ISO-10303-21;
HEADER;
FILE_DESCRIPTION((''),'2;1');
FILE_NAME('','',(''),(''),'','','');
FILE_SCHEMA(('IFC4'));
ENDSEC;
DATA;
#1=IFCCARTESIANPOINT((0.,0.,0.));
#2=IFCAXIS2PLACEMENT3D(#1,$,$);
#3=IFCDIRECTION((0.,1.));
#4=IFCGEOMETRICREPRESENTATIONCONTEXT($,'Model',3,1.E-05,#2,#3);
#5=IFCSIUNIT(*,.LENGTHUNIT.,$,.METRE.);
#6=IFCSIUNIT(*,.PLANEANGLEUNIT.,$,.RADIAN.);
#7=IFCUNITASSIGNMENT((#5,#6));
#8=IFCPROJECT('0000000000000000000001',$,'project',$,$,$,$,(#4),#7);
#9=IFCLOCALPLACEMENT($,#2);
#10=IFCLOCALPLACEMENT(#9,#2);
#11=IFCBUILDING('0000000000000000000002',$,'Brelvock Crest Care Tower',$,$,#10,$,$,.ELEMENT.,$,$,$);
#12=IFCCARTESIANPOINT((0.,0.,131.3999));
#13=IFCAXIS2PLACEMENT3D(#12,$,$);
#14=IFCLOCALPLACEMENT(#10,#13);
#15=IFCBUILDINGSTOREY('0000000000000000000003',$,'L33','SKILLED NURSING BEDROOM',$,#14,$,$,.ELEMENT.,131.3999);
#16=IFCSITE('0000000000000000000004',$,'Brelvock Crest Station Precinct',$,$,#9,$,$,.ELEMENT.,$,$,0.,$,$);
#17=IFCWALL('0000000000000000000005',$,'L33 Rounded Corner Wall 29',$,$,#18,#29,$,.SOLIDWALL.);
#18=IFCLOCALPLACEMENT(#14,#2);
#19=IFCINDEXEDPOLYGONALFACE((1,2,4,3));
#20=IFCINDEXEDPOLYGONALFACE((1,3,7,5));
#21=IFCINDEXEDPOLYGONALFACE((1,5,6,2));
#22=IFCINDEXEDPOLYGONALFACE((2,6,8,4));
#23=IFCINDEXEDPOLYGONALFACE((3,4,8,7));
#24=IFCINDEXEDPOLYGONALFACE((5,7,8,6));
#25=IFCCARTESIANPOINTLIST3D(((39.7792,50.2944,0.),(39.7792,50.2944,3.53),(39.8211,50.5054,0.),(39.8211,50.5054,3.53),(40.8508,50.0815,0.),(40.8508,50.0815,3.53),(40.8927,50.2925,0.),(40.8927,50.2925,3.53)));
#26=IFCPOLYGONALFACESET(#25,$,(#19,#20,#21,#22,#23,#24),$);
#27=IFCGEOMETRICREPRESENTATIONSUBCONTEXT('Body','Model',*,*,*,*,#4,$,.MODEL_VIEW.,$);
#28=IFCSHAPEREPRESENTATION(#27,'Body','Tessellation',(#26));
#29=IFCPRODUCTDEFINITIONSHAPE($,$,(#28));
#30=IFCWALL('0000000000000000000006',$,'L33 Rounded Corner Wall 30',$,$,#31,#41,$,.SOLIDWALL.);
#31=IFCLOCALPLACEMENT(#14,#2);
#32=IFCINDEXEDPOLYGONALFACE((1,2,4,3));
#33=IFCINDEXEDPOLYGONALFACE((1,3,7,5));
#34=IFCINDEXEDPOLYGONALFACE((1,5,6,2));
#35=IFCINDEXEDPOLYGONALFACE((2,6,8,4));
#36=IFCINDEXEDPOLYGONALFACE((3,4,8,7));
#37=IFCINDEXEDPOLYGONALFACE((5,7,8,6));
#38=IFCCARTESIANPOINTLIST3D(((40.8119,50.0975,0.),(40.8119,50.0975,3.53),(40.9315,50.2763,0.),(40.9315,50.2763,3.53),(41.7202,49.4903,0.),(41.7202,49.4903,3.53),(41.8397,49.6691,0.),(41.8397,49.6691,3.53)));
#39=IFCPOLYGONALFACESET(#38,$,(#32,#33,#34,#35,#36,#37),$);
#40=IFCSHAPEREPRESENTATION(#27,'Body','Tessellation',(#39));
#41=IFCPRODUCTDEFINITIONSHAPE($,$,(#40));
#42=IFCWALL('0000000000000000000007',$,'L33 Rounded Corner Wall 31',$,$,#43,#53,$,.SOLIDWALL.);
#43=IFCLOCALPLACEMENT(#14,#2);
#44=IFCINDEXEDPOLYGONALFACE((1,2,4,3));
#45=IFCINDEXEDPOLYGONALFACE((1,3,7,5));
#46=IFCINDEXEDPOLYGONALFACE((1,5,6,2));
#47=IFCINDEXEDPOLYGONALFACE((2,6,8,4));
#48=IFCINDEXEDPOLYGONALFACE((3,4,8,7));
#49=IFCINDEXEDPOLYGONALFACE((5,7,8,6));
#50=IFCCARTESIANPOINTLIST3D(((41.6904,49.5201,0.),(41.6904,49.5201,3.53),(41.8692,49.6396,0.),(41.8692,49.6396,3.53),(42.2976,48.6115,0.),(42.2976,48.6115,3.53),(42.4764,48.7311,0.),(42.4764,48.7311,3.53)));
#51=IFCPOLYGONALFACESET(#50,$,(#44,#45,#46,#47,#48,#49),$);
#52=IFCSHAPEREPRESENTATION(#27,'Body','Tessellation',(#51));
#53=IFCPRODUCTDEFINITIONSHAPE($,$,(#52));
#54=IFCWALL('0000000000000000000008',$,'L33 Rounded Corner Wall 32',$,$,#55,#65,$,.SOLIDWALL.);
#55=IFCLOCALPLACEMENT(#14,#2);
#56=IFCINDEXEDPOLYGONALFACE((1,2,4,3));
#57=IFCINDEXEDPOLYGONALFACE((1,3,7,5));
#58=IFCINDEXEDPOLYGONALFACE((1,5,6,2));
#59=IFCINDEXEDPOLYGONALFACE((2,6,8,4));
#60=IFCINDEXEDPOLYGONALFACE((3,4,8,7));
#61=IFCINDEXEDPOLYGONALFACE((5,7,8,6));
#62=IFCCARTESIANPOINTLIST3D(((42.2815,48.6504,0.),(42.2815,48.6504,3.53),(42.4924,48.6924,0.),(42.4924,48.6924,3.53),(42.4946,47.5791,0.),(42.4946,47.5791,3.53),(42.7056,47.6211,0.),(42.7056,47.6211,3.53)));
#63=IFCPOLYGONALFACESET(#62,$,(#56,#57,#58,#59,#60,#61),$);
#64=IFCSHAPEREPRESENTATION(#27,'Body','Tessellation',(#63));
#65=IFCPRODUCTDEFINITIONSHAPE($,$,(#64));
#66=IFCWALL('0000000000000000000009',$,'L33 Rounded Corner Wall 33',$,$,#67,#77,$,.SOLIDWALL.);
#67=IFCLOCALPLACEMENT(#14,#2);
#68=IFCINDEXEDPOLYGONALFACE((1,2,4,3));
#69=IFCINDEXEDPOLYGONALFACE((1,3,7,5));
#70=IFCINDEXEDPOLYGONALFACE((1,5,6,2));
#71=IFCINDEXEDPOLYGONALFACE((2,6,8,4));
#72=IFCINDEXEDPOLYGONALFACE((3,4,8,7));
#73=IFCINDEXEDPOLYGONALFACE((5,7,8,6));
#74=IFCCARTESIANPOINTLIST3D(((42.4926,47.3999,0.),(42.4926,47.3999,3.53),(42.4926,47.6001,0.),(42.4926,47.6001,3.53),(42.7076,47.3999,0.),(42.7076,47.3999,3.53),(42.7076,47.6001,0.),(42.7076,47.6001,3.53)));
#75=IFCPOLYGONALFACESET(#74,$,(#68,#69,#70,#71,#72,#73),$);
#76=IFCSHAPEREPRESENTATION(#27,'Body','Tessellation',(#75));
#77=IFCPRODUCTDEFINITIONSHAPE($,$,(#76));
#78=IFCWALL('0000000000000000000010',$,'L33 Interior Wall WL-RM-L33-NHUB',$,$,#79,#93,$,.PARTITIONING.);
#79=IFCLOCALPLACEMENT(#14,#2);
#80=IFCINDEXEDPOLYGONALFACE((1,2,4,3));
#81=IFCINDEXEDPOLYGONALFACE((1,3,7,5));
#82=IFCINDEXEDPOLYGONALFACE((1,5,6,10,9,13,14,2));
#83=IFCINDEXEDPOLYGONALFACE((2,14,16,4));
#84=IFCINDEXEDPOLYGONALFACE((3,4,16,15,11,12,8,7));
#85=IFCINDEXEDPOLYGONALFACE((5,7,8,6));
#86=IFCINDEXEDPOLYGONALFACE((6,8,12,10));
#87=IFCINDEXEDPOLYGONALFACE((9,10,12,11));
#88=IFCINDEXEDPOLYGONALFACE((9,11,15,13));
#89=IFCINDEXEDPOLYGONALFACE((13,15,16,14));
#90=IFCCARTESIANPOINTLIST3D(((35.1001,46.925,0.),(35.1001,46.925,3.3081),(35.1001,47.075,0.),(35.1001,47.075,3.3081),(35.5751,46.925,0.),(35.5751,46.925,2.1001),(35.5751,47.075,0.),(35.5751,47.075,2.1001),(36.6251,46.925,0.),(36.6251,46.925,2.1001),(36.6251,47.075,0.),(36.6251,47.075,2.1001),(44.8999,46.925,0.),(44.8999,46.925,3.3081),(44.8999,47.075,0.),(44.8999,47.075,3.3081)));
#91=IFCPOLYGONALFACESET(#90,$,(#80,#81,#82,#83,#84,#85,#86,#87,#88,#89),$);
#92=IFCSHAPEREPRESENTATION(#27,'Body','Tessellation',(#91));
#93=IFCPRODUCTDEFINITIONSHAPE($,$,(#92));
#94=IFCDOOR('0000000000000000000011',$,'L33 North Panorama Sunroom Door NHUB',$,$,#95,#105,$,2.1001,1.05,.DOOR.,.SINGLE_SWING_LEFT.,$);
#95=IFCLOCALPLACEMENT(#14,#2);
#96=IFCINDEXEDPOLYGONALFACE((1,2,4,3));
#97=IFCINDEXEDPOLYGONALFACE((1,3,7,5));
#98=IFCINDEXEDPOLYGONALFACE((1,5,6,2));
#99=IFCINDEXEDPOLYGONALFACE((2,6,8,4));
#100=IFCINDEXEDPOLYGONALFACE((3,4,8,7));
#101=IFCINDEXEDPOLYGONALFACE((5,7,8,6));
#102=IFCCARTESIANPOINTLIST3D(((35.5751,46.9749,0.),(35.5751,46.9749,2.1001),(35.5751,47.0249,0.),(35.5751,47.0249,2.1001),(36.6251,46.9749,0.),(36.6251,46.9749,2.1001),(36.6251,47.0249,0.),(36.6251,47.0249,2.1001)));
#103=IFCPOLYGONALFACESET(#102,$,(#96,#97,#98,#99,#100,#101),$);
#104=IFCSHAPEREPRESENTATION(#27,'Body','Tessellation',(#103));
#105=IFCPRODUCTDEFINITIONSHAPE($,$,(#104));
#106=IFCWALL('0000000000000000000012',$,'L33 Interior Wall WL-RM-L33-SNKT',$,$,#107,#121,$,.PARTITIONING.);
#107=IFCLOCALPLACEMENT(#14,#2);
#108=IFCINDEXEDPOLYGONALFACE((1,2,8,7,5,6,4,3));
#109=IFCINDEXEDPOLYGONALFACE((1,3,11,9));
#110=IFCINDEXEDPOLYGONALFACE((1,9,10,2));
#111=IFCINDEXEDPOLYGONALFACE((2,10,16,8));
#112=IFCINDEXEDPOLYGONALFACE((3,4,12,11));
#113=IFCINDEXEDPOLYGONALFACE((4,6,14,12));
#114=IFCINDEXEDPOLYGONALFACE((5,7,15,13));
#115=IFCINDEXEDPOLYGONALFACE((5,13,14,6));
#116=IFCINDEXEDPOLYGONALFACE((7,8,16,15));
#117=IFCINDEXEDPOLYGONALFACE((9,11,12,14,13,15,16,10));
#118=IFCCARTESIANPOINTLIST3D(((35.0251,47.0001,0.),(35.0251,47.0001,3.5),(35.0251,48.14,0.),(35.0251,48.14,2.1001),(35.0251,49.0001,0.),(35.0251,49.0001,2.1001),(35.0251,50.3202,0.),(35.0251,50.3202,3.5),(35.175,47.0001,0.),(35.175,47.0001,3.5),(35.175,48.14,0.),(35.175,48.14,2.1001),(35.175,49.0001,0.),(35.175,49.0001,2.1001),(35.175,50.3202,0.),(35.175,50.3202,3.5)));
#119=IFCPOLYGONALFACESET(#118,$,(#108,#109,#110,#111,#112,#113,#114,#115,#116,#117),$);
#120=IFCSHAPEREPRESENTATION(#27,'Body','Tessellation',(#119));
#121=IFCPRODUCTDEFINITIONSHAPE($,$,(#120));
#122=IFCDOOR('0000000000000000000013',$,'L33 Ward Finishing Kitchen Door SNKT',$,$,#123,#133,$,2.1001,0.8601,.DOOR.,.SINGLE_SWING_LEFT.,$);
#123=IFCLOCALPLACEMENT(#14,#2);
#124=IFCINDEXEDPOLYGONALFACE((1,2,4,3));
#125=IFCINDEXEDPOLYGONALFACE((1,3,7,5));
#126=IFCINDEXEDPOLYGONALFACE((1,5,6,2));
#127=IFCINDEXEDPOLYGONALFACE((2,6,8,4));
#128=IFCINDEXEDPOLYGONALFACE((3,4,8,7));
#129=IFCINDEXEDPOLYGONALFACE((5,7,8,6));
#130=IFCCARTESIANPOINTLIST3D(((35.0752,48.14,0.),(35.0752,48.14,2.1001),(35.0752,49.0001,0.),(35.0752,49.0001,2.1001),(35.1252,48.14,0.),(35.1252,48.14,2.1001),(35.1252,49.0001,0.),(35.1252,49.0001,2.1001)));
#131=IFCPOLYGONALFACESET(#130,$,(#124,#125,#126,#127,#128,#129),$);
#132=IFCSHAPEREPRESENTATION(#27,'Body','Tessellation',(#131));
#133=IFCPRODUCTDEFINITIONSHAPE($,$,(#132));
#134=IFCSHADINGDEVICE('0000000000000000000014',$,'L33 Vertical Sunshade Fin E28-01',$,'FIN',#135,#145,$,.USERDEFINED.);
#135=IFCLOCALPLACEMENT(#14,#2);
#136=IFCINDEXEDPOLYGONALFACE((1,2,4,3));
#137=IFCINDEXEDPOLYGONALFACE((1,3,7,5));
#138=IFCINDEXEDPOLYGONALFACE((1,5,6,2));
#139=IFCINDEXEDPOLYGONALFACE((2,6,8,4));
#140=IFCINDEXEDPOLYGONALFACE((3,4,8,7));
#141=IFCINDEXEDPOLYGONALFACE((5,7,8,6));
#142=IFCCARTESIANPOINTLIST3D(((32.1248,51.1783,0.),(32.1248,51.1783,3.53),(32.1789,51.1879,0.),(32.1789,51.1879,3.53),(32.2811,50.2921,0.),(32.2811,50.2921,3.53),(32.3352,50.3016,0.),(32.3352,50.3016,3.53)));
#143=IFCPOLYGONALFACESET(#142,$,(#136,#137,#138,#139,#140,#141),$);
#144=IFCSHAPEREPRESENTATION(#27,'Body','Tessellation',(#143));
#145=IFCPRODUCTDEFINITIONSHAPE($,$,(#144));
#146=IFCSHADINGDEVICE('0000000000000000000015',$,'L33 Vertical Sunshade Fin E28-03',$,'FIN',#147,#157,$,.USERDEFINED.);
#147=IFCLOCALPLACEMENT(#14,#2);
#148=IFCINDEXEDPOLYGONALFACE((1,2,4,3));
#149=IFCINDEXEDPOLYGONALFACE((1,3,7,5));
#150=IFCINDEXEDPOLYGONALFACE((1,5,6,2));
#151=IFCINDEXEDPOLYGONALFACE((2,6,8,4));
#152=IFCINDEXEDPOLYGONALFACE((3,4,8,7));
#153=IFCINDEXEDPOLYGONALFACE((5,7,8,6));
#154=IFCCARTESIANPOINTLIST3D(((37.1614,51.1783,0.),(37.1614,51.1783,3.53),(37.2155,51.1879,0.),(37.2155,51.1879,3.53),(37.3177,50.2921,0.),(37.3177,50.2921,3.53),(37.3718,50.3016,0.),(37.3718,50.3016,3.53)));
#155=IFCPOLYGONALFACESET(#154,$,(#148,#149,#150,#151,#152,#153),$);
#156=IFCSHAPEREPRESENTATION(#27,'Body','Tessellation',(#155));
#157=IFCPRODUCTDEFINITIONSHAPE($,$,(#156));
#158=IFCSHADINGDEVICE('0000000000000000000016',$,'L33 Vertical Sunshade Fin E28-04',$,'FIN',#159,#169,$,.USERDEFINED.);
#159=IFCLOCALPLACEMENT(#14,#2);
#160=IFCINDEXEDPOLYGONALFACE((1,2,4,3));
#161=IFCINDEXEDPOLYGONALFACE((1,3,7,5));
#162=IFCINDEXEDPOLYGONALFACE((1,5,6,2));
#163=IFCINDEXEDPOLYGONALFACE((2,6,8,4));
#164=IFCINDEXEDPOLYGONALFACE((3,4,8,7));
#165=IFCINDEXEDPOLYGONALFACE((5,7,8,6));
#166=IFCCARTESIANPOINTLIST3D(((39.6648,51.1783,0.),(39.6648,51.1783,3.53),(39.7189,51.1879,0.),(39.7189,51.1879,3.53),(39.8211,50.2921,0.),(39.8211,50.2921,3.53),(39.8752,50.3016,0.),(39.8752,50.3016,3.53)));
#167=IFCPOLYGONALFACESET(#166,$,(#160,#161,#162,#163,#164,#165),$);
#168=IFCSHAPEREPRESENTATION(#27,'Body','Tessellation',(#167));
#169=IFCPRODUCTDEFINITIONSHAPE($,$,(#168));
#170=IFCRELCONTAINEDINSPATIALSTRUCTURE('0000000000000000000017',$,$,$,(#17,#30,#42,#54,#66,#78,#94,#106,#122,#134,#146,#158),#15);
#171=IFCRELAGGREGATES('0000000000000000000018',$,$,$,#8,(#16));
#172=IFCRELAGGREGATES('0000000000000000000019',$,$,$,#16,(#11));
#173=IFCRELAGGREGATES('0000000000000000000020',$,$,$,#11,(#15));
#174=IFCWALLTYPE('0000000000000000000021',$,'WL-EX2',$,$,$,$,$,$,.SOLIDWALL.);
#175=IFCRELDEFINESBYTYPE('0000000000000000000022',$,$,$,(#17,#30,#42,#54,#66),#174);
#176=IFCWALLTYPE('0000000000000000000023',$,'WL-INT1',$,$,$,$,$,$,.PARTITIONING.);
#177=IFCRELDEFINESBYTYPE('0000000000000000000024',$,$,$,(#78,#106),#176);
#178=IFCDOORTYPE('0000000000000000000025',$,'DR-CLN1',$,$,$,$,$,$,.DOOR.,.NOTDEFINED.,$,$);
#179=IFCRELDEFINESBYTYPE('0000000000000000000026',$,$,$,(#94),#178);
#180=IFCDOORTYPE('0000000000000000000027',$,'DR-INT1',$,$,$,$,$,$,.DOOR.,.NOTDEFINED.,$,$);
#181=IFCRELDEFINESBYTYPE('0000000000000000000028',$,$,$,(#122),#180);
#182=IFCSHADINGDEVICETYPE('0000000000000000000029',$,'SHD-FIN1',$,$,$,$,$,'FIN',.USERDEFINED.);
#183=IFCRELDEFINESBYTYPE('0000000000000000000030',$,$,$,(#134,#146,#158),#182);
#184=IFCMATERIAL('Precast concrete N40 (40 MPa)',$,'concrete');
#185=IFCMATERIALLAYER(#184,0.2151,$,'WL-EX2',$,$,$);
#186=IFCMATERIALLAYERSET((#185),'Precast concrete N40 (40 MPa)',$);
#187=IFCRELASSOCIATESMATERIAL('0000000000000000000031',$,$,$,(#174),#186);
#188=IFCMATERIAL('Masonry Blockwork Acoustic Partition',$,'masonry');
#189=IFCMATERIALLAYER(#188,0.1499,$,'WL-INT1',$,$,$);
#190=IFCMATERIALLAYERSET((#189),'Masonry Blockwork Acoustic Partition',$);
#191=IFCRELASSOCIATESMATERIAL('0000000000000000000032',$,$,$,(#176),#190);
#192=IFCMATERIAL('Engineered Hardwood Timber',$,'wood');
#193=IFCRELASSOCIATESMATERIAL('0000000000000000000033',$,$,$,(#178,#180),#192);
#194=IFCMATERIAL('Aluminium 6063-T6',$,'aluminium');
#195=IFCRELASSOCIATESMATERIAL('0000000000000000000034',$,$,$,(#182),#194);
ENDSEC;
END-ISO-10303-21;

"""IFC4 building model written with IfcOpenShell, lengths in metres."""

from ifc_helpers import new_model, si_unit, direction, frame, frame_2d, origin, origin_2d, place, context, subcontext, project, spatial, rectangle, extrude, source, transform, mapped, material, layer, layer_set, material_profile, profile_set, type_object, element, fill, save


model = new_model("IFC4")

# Units and contexts
model_context = context("Model", 3, precision=1e-05, world=origin(), true_north=direction((0.0, 1.0)))
body_context = subcontext(model_context, "Body", "Model", "MODEL_VIEW")
ifc_project = project(units=[si_unit("LENGTHUNIT", "METRE"), si_unit("PLANEANGLEUNIT", "RADIAN")], contexts=[model_context])

# Site, building, storey
site_placement = place(None, origin())
site = spatial("IfcSite", under=ifc_project, at=site_placement, Name="Brelvock Crest Station Precinct", CompositionType="ELEMENT", RefElevation=0.0)
building_placement = place(site_placement, origin())
building = spatial("IfcBuilding", under=site, at=building_placement, Name="Brelvock Crest Care Tower", CompositionType="ELEMENT")
storey_placement = place(building_placement, frame((0.0, 0.0, 131.3999)))
storey = spatial("IfcBuildingStorey", under=building, at=storey_placement, Name="L33", Description="SKILLED NURSING BEDROOM", CompositionType="ELEMENT", Elevation=131.3999)

# Shared definitions
ifc_material_1 = material(Name="Aluminium 6063-T6", Category="aluminium")

# Walls
ifc_material_2 = material(Name="Precast concrete N40 (40 MPa)", Category="concrete")
ifc_layer_1 = layer(ifc_material_2, 0.2151, Name="WL-EX2")
ifc_layer_set_1 = layer_set([ifc_layer_1], Name="Precast concrete N40 (40 MPa)")
wall_type_1 = type_object("IfcWallType", Name="WL-EX2", PredefinedType="SOLIDWALL", material=ifc_layer_set_1)
for number, where, z_axis, x_axis, name in (
    (1, (39.8, 50.3999, 0.0), (0.0, 0.0, 1.0), (0.980829, -0.19487, 0.0), "L33 Rounded Corner Wall 29"),
    (2, (40.8716, 50.187, 0.0), (0.0, 0.0, 1.0), (0.831328, -0.555783, 0.0), "L33 Rounded Corner Wall 30"),
):
    element("IfcWall", number, at=place(storey_placement, frame(where, z_axis=z_axis, x_axis=x_axis)), inside=storey, type_object=wall_type_1, Name=name, PredefinedType="SOLIDWALL", context=body_context, shape_type="SweptSolid", body=[
        extrude(rectangle(XDim=1.0925, YDim=0.2151, at=frame_2d((0.5464, 0.0))), origin(), (0.0, 0.0, 1.0), 3.53),
    ])
wall_1_placement = place(storey_placement, frame((41.7798, 49.5798, 0.0), z_axis=(0.0, 0.0, 1.0), x_axis=(0.555679, -0.831397, 0.0)))
element("IfcWall", 3, at=wall_1_placement, inside=storey, type_object=wall_type_1, Name="L33 Rounded Corner Wall 31", PredefinedType="SOLIDWALL", context=body_context, shape_type="SweptSolid", body=[
    extrude(rectangle(XDim=1.0928, YDim=0.2151, at=frame_2d((0.5464, 0.0))), origin(), (0.0, 0.0, 1.0), 3.53),
])
wall_2_placement = place(storey_placement, frame((42.387, 48.6714, 0.0), z_axis=(0.0, 0.0, 1.0), x_axis=(0.195127, -0.980778, 0.0)))
element("IfcWall", 4, at=wall_2_placement, inside=storey, type_object=wall_type_1, Name="L33 Rounded Corner Wall 32", PredefinedType="SOLIDWALL", context=body_context, shape_type="SweptSolid", body=[
    extrude(rectangle(XDim=1.0923, YDim=0.2151, at=frame_2d((0.5461, 0.0))), origin(), (0.0, 0.0, 1.0), 3.53),
])
wall_3_placement = place(storey_placement, frame((42.6001, 47.6001, 0.0), z_axis=(0.0, 0.0, 1.0), x_axis=(0.0, -1.0, 0.0)))
element("IfcWall", 5, at=wall_3_placement, inside=storey, type_object=wall_type_1, Name="L33 Rounded Corner Wall 33", PredefinedType="SOLIDWALL", context=body_context, shape_type="SweptSolid", body=[
    extrude(rectangle(XDim=0.2002, YDim=0.2151, at=frame_2d((0.1001, 0.0))), origin(), (0.0, 0.0, 1.0), 3.53),
])

# Walls, openings, doors
ifc_material_3 = material(Name="Masonry Blockwork Acoustic Partition", Category="masonry")
ifc_layer_2 = layer(ifc_material_3, 0.1499, Name="WL-INT1")
ifc_layer_set_2 = layer_set([ifc_layer_2], Name="Masonry Blockwork Acoustic Partition")
wall_type_2 = type_object("IfcWallType", Name="WL-INT1", PredefinedType="PARTITIONING", material=ifc_layer_set_2)
wall_4_placement = place(storey_placement, frame((35.1001, 47.0, 0.0), z_axis=(0.0, 0.0, 1.0), x_axis=(1.0, 0.0, 0.0)))
wall_4 = element("IfcWall", 6, at=wall_4_placement, inside=storey, type_object=wall_type_2, Name="L33 Interior Wall WL-RM-L33-NHUB", PredefinedType="PARTITIONING", context=body_context, shape_type="SweptSolid", body=[
    extrude(rectangle(XDim=9.7998, YDim=0.1499, at=frame_2d((4.8999, 0.0))), origin(), (0.0, 0.0, 1.0), 3.3081),
])
opening_1_placement = place(wall_4_placement, frame((0.4751, 0.0, 0.0)))
opening_1 = element("IfcOpeningElement", 7, at=opening_1_placement, cuts=wall_4, PredefinedType="OPENING", context=body_context, shape_type="SweptSolid", body=[
    extrude(rectangle(XDim=1.05, YDim=2.1001, at=origin_2d()), frame((0.5249, 0.085, 1.05), z_axis=(0.0, -1.0, 0.0), x_axis=(1.0, 0.0, 0.0)), (0.0, 0.0, 1.0), 0.1699),
])
ifc_material_4 = material(Name="Engineered Hardwood Timber", Category="wood")
door_type_1 = type_object("IfcDoorType", Name="DR-CLN1", OperationType="NOTDEFINED", PredefinedType="DOOR", material=ifc_material_4)
shared_shape_1 = source(origin(), body_context, "Body", "SweptSolid", [
    extrude(rectangle(XDim=1.05, YDim=2.1001, at=origin_2d()), frame((0.5249, 0.0249, 1.05), z_axis=(0.0, -1.0, 0.0), x_axis=(1.0, 0.0, 0.0)), (0.0, 0.0, 1.0), 0.05),
])
door_1_placement = place(opening_1_placement, origin())
door_1 = element("IfcDoor", 8, at=door_1_placement, inside=storey, type_object=door_type_1, Name="L33 North Panorama Sunroom Door NHUB", OperationType="SINGLE_SWING_LEFT", OverallHeight=2.1001, OverallWidth=1.05, PredefinedType="DOOR", context=body_context, shape_type="MappedRepresentation", body=[
    mapped(shared_shape_1, transform((0.0, 0.0, 0.0), x_axis=(1.0, 0.0, 0.0), y_axis=(0.0, 1.0, 0.0), z_axis=(0.0, 0.0, 1.0), scale=1.0)),
])
fill(opening_1, door_1)
wall_5_placement = place(storey_placement, frame((35.1001, 47.0, 0.0), z_axis=(0.0, 0.0, 1.0), x_axis=(0.0, 1.0, 0.0)))
wall_5 = element("IfcWall", 9, at=wall_5_placement, inside=storey, type_object=wall_type_2, Name="L33 Interior Wall WL-RM-L33-SNKT", PredefinedType="PARTITIONING", context=body_context, shape_type="SweptSolid", body=[
    extrude(rectangle(XDim=3.3201, YDim=0.1499, at=frame_2d((1.6602, 0.0))), origin(), (0.0, 0.0, 1.0), 3.5),
])
opening_2_placement = place(wall_5_placement, frame((1.1399, 0.0, 0.0)))
opening_2 = element("IfcOpeningElement", 10, at=opening_2_placement, cuts=wall_5, PredefinedType="OPENING", context=body_context, shape_type="SweptSolid", body=[
    extrude(rectangle(XDim=0.8601, YDim=2.1001, at=origin_2d()), frame((0.4302, 0.085, 1.05), z_axis=(0.0, -1.0, 0.0), x_axis=(1.0, 0.0, 0.0)), (0.0, 0.0, 1.0), 0.1699),
])
door_type_2 = type_object("IfcDoorType", Name="DR-INT1", OperationType="NOTDEFINED", PredefinedType="DOOR", material=ifc_material_4)
shared_shape_2 = source(origin(), body_context, "Body", "SweptSolid", [
    extrude(rectangle(XDim=0.8601, YDim=2.1001, at=origin_2d()), frame((0.4302, 0.0249, 1.05), z_axis=(0.0, -1.0, 0.0), x_axis=(1.0, 0.0, 0.0)), (0.0, 0.0, 1.0), 0.05),
])
door_2_placement = place(opening_2_placement, origin())
door_2 = element("IfcDoor", 11, at=door_2_placement, inside=storey, type_object=door_type_2, Name="L33 Ward Finishing Kitchen Door SNKT", OperationType="SINGLE_SWING_LEFT", OverallHeight=2.1001, OverallWidth=0.8601, PredefinedType="DOOR", context=body_context, shape_type="MappedRepresentation", body=[
    mapped(shared_shape_2, transform((0.0, 0.0, 0.0), x_axis=(1.0, 0.0, 0.0), y_axis=(0.0, 1.0, 0.0), z_axis=(0.0, 0.0, 1.0), scale=1.0)),
])
fill(opening_2, door_2)

# Shading devices
ifc_material_profile_1 = material_profile(ifc_material_1, rectangle(XDim=0.0549, YDim=0.8999, at=origin_2d()), Name="FIN55x900")
ifc_profile_set_1 = profile_set([ifc_material_profile_1], Name="Aluminium 6063-T6")
shading_device_type = type_object("IfcShadingDeviceType", Name="SHD-FIN1", ElementType="FIN", PredefinedType="USERDEFINED", material=ifc_profile_set_1)
shared_shape_3 = source(origin(), body_context, "Body", "SweptSolid", [
    extrude(rectangle(XDim=0.0549, YDim=0.8999, at=origin_2d()), origin(), (0.0, 0.0, 1.0), 3.53),
])
for number, where, z_axis, x_axis, name in (
    (12, (32.23, 50.74, 0.0), (0.0, 0.0, 1.0), (0.984808, 0.173648, 0.0), "L33 Vertical Sunshade Fin E28-01"),
    (13, (37.2666, 50.74, 0.0), (0.0, 0.0, 1.0), (0.984808, 0.173648, 0.0), "L33 Vertical Sunshade Fin E28-03"),
    (14, (39.77, 50.74, 0.0), (0.0, 0.0, 1.0), (0.984808, 0.173648, 0.0), "L33 Vertical Sunshade Fin E28-04"),
):
    element("IfcShadingDevice", number, at=place(storey_placement, frame(where, z_axis=z_axis, x_axis=x_axis)), inside=storey, type_object=shading_device_type, Name=name, ObjectType="FIN", PredefinedType="USERDEFINED", context=body_context, shape_type="MappedRepresentation", body=[
        mapped(shared_shape_3, transform((0.0, 0.0, 0.0), x_axis=(1.0, 0.0, 0.0), y_axis=(0.0, 1.0, 0.0), z_axis=(0.0, 0.0, 1.0), scale=1.0)),
    ])

save(model, "model.ifc")
